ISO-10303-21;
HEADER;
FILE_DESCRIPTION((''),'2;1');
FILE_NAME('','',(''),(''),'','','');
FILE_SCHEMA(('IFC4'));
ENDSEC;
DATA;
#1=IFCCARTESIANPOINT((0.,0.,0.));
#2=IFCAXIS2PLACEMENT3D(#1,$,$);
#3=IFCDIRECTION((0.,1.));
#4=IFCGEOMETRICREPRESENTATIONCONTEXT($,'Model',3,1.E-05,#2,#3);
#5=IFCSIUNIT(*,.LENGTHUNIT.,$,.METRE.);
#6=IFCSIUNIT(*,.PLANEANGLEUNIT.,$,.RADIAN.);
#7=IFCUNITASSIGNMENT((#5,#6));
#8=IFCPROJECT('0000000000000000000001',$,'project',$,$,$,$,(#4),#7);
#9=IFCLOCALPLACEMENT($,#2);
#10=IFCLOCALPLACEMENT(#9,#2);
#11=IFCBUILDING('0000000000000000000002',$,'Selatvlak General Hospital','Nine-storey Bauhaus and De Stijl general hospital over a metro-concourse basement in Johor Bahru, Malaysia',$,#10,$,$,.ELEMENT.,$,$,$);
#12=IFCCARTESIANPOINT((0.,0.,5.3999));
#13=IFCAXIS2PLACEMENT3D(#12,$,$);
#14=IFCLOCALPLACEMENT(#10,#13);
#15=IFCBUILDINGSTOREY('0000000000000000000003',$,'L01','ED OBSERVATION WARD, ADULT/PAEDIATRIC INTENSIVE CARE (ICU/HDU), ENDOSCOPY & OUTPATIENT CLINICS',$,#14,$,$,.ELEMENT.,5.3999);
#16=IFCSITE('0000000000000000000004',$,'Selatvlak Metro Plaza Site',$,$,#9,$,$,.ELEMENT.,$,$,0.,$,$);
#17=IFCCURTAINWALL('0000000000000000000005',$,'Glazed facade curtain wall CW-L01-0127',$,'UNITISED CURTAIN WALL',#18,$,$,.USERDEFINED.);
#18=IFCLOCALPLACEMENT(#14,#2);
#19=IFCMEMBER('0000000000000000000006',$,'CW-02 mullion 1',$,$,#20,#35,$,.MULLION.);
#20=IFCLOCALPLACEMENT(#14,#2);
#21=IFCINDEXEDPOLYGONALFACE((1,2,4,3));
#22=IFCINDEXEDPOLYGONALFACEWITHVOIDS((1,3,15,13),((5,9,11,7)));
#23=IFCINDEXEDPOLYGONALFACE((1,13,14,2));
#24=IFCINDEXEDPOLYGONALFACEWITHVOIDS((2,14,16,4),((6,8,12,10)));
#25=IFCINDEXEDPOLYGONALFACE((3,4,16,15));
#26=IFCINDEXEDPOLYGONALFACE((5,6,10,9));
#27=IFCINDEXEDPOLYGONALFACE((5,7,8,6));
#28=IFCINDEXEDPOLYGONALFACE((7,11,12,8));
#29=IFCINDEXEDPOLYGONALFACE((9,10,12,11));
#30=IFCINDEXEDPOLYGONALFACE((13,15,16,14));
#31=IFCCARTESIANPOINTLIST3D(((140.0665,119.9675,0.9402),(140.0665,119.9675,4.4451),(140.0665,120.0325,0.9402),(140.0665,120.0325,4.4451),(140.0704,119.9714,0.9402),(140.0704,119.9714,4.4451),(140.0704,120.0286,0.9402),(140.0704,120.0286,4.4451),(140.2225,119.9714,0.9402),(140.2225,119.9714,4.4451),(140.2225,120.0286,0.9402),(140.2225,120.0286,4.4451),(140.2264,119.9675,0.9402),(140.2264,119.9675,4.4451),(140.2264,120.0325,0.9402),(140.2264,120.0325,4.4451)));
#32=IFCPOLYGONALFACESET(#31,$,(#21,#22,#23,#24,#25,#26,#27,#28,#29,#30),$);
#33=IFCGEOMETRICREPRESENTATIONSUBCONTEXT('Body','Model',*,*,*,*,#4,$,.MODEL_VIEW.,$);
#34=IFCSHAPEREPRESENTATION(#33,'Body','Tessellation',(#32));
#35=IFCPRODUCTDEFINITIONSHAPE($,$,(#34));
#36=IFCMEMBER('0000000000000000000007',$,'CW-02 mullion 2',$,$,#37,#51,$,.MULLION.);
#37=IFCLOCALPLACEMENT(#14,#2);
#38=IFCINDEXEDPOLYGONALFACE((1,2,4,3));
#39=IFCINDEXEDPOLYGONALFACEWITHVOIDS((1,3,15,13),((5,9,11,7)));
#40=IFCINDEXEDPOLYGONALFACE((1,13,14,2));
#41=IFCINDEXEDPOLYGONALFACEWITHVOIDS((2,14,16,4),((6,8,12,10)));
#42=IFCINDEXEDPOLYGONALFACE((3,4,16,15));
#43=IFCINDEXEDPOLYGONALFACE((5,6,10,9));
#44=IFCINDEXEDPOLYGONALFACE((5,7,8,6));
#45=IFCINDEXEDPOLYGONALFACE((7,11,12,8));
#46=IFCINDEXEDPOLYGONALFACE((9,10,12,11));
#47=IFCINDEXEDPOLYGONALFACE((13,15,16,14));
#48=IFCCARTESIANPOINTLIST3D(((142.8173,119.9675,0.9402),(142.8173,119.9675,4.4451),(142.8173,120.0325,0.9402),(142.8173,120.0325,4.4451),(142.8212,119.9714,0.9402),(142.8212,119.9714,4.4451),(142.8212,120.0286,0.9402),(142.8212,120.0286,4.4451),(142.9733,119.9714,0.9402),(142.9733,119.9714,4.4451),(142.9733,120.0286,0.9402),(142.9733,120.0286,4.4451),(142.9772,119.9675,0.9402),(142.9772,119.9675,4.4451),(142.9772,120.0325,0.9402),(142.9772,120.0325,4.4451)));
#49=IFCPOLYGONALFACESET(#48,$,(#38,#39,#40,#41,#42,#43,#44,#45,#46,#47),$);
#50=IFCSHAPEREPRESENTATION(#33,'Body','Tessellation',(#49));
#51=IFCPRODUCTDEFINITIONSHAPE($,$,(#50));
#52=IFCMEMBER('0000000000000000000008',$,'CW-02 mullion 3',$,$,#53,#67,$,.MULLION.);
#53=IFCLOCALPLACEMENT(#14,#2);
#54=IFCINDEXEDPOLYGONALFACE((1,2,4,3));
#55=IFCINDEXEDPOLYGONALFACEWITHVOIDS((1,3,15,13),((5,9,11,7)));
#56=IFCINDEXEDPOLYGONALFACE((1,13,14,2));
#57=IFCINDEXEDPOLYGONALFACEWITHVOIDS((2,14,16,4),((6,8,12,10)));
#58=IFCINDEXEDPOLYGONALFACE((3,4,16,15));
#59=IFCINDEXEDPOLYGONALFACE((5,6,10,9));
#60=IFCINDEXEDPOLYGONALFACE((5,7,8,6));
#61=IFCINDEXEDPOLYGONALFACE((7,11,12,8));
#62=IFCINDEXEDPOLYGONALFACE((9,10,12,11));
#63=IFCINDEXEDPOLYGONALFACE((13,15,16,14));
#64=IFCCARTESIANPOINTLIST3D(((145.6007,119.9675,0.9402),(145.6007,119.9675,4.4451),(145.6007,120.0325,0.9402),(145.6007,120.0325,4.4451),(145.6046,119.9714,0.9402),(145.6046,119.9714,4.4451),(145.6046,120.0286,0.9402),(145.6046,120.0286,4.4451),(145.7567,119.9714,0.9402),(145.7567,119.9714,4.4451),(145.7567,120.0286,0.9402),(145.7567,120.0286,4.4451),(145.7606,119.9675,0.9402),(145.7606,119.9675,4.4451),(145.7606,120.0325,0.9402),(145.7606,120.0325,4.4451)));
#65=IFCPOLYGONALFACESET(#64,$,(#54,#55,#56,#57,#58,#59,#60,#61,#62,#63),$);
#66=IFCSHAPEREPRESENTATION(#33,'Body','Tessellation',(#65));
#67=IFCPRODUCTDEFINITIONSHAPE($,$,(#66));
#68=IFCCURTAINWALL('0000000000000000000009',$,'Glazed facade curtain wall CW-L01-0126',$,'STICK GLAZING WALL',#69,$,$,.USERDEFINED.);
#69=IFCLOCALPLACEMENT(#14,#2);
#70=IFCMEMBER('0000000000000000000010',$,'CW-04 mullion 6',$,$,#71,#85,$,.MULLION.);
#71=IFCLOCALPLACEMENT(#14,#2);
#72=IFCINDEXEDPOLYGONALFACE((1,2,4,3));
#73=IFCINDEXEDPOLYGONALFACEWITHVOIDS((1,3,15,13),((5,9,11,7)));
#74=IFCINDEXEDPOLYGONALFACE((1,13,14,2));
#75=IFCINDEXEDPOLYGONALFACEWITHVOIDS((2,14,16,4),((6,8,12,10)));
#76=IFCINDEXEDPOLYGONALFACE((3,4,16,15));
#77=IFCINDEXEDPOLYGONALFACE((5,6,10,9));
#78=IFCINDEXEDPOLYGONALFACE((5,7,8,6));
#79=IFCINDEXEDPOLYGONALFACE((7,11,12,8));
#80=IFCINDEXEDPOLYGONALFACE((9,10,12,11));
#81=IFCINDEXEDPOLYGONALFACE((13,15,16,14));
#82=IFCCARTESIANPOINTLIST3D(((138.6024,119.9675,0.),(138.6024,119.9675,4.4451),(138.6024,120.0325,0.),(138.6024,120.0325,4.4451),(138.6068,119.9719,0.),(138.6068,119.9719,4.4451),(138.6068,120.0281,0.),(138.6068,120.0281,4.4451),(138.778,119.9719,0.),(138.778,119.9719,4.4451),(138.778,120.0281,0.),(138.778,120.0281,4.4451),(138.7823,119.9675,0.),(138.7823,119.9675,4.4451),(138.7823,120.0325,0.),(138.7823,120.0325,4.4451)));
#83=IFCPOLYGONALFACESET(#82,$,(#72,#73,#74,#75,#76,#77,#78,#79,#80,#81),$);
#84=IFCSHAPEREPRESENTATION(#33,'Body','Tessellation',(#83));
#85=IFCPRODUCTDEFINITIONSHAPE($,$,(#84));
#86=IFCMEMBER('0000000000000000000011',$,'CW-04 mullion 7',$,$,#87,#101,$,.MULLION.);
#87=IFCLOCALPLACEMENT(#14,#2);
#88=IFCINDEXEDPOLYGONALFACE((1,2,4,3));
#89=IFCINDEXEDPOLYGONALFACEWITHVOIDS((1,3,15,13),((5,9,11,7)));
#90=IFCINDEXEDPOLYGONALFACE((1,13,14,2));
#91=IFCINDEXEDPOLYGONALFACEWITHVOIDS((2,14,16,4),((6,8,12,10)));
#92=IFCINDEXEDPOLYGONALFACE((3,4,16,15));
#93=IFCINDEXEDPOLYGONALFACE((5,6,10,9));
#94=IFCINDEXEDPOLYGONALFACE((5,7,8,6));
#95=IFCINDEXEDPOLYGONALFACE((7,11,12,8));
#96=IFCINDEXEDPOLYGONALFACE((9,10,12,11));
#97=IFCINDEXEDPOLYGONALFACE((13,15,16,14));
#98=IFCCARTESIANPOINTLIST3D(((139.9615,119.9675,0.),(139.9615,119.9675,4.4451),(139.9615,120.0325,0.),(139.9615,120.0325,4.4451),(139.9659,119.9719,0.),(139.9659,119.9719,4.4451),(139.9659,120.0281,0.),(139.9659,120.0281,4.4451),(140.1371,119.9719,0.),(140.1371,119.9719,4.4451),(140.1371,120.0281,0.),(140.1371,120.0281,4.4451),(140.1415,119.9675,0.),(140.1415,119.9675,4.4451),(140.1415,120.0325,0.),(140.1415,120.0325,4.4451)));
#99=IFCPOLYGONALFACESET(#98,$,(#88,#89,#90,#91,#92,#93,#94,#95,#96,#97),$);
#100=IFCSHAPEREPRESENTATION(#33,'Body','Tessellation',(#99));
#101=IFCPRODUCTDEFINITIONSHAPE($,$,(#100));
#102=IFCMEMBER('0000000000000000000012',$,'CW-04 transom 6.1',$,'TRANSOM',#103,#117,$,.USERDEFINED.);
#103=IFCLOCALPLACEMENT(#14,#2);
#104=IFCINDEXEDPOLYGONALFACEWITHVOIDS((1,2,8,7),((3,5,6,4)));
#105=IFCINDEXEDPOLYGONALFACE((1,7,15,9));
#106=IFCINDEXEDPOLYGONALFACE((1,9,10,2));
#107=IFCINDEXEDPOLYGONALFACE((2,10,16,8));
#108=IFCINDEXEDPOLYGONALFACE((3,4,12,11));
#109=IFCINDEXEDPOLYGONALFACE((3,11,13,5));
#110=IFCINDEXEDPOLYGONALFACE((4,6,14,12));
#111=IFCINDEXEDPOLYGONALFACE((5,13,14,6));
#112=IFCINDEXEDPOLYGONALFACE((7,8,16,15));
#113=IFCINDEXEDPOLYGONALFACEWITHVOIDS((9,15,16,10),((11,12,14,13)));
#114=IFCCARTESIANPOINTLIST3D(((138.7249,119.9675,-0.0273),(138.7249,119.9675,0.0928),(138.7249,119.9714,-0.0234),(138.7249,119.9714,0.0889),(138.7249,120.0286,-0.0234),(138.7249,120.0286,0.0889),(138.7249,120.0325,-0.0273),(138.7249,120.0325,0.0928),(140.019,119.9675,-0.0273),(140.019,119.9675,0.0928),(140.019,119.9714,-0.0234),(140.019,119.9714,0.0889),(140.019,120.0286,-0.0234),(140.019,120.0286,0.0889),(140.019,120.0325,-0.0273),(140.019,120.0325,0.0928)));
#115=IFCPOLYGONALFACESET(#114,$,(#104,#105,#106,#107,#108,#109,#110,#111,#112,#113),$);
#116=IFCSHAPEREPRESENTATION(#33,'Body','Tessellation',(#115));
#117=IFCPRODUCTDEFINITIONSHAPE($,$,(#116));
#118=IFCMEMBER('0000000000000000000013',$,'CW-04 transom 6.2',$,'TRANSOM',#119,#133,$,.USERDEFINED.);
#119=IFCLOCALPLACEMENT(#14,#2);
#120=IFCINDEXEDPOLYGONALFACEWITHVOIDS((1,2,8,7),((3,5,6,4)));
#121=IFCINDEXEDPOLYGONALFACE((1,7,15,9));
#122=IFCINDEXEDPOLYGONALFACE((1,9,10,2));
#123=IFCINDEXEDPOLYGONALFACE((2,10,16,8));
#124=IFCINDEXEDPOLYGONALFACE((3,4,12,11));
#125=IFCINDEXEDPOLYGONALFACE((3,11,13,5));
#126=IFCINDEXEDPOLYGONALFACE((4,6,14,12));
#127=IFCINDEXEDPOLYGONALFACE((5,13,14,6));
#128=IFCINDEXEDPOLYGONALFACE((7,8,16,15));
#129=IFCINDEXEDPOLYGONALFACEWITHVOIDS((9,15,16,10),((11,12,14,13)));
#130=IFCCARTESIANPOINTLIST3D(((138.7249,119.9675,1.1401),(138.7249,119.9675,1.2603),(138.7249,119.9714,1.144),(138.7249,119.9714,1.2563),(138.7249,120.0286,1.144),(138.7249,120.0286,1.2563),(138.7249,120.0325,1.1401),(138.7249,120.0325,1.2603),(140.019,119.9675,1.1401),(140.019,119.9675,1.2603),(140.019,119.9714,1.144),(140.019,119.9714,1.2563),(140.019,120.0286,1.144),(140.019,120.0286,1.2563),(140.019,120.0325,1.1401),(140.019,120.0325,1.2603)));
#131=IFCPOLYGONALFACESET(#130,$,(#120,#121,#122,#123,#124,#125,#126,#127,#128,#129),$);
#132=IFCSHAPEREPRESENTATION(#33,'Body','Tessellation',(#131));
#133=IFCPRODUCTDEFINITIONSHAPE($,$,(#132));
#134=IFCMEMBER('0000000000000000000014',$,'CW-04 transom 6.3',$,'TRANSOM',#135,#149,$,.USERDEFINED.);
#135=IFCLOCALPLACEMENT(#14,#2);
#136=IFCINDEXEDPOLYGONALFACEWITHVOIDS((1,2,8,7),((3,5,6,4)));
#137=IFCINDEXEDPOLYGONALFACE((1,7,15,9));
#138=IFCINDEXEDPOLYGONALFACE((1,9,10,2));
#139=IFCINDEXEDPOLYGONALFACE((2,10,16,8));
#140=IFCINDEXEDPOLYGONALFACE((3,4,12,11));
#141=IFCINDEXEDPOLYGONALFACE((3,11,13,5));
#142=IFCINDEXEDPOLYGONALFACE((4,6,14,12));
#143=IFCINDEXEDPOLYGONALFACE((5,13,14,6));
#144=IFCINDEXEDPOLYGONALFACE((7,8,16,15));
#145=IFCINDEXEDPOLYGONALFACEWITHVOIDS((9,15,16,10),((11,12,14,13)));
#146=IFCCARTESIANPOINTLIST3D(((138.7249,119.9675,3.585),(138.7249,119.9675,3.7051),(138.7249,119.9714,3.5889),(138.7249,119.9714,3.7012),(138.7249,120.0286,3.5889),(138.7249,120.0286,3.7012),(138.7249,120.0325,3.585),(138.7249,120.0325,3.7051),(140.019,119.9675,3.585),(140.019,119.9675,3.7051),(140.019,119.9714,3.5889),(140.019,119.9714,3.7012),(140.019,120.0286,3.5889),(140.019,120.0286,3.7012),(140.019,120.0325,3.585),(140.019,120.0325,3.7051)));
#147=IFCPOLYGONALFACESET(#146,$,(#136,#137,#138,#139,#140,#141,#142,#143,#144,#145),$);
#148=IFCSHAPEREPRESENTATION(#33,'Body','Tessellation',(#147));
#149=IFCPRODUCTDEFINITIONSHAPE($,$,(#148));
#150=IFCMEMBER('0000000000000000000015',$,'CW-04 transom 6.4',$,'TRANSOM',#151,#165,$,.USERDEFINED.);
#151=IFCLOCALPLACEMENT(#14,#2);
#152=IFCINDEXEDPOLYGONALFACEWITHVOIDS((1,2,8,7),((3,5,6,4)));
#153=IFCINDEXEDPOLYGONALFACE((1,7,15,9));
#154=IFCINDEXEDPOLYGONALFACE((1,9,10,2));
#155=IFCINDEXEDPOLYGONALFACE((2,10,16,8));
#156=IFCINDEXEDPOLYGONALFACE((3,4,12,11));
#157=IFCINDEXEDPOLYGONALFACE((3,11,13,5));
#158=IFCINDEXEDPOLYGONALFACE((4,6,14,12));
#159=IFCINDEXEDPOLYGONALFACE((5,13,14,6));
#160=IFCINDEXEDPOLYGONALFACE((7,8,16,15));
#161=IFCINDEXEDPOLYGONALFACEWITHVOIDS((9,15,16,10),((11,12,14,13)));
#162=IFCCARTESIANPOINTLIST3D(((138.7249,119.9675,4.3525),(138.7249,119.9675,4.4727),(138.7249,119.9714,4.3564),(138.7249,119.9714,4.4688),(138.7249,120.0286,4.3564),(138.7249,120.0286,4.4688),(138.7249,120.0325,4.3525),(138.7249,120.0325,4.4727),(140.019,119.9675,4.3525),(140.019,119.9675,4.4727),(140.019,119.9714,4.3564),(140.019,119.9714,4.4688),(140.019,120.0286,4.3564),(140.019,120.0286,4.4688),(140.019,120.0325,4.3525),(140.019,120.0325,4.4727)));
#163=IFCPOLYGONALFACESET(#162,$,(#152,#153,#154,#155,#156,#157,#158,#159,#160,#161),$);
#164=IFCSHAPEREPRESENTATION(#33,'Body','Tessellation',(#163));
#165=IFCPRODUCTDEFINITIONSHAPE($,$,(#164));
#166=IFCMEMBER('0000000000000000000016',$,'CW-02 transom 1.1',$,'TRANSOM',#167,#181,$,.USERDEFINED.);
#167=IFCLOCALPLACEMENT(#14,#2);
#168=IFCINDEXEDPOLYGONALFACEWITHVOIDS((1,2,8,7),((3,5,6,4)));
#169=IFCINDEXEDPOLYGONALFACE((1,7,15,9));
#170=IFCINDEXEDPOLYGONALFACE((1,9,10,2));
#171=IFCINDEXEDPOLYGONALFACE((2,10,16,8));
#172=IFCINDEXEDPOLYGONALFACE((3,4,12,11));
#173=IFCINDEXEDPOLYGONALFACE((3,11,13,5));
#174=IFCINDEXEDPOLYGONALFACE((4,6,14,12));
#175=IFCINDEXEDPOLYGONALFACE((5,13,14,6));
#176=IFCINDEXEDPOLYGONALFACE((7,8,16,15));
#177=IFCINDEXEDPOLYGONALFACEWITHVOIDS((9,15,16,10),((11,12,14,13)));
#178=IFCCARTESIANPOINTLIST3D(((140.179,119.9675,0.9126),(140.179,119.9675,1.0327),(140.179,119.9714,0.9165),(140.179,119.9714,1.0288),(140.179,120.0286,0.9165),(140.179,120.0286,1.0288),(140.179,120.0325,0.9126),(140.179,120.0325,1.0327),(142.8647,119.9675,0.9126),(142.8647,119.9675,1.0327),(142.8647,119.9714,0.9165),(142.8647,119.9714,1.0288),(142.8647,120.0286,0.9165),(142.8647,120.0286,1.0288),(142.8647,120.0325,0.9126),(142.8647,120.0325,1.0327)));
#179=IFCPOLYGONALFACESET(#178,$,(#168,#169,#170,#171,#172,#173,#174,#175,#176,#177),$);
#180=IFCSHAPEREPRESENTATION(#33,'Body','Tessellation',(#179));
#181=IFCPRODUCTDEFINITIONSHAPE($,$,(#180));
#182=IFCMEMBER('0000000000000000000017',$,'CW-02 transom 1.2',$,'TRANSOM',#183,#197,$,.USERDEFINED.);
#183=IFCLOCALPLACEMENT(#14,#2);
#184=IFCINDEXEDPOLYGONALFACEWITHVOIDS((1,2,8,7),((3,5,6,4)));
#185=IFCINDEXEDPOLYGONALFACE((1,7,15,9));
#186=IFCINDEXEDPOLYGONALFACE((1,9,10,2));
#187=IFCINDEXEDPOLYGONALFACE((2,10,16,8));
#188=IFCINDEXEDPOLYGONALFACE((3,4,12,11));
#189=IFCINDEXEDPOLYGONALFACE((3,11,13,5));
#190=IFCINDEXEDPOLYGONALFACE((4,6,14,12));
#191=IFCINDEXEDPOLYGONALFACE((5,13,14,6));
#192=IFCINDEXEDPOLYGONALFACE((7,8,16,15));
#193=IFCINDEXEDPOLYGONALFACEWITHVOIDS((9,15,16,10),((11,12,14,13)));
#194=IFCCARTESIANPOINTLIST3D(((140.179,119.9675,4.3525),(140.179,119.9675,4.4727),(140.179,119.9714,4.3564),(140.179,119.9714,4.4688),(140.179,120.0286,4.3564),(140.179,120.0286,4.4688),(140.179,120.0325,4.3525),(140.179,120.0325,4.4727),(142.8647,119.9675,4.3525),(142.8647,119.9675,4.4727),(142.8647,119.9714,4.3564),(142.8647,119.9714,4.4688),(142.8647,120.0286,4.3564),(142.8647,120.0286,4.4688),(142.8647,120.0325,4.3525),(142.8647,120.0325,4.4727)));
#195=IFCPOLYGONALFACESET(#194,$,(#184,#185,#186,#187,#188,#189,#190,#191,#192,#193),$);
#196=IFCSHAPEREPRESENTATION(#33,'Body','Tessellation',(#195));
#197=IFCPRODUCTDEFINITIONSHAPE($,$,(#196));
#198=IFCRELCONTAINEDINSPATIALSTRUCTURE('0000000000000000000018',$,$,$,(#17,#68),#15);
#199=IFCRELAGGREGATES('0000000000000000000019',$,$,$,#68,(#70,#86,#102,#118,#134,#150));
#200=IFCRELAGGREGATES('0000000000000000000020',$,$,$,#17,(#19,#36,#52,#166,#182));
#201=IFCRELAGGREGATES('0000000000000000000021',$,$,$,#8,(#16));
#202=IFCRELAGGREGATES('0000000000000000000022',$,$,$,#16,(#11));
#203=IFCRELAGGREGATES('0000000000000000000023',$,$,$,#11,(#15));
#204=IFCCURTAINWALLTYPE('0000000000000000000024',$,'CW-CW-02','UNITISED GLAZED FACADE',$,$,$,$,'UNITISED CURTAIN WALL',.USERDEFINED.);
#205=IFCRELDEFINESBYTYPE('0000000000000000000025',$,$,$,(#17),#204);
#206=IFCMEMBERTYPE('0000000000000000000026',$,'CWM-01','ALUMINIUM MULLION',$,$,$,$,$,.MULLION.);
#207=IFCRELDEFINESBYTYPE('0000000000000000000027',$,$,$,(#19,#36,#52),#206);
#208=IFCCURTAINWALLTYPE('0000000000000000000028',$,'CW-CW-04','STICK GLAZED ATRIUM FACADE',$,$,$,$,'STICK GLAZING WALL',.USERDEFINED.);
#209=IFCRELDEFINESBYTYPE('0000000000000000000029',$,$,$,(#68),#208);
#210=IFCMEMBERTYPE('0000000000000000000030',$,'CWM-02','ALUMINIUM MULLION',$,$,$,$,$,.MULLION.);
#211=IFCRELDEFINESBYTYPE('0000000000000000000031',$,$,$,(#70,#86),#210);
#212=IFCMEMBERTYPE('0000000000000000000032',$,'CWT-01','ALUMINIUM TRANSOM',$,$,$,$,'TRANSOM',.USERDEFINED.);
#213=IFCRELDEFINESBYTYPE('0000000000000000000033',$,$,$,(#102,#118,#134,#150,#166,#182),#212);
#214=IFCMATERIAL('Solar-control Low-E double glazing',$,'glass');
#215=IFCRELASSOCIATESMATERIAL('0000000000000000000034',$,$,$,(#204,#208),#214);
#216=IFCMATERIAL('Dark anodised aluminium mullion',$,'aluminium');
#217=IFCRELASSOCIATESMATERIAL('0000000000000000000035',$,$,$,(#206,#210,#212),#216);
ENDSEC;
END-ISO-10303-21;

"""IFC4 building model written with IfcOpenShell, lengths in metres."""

from ifc_helpers import new_model, si_unit, direction, frame, origin, origin_2d, place, context, subcontext, project, spatial, hollow_rectangle, extrude, material, material_profile, profile_set, type_object, element, aggregate, save


model = new_model("IFC4")

# Units and contexts
model_context = context("Model", 3, precision=1e-05, world=origin(), true_north=direction((0.0, 1.0)))
body_context = subcontext(model_context, "Body", "Model", "MODEL_VIEW")
ifc_project = project(units=[si_unit("LENGTHUNIT", "METRE"), si_unit("PLANEANGLEUNIT", "RADIAN")], contexts=[model_context])

# Site, building, storey
site_placement = place(None, origin())
site = spatial("IfcSite", under=ifc_project, at=site_placement, Name="Selatvlak Metro Plaza Site", CompositionType="ELEMENT", RefElevation=0.0)
building_placement = place(site_placement, origin())
building = spatial("IfcBuilding", under=site, at=building_placement, Name="Selatvlak General Hospital", Description="Nine-storey Bauhaus and De Stijl general hospital over a metro-concourse basement in Johor Bahru, Malaysia", CompositionType="ELEMENT")
storey_placement = place(building_placement, frame((0.0, 0.0, 5.3999)))
storey = spatial("IfcBuildingStorey", under=building, at=storey_placement, Name="L01", Description="ED OBSERVATION WARD, ADULT/PAEDIATRIC INTENSIVE CARE (ICU/HDU), ENDOSCOPY & OUTPATIENT CLINICS", CompositionType="ELEMENT", Elevation=5.3999)

# Curtain walls, members
ifc_material_1 = material(Name="Solar-control Low-E double glazing", Category="glass")
curtain_wall_type_1 = type_object("IfcCurtainWallType", Name="CW-CW-02", Description="UNITISED GLAZED FACADE", ElementType="UNITISED CURTAIN WALL", PredefinedType="USERDEFINED", material=ifc_material_1)
curtain_wall_1_placement = place(storey_placement, origin())
curtain_wall_1 = element("IfcCurtainWall", 1, at=curtain_wall_1_placement, inside=storey, type_object=curtain_wall_type_1, Name="Glazed facade curtain wall CW-L01-0127", ObjectType="UNITISED CURTAIN WALL", PredefinedType="USERDEFINED")
ifc_material_2 = material(Name="Dark anodised aluminium mullion", Category="aluminium")
ifc_material_profile_1 = material_profile(ifc_material_2, hollow_rectangle(XDim=0.0649, YDim=0.1599, WallThickness=0.0039, at=origin_2d()), Name="AL-MUL 65x160x4")
ifc_profile_set_1 = profile_set([ifc_material_profile_1], Name="Dark anodised aluminium mullion")
member_type_1 = type_object("IfcMemberType", Name="CWM-01", Description="ALUMINIUM MULLION", PredefinedType="MULLION", material=ifc_profile_set_1)
member_1_placement = place(storey_placement, frame((140.1465, 120.0, 0.9402), z_axis=(0.0, 0.0, 1.0), x_axis=(0.0, 1.0, 0.0)))
member_1 = element("IfcMember", 2, at=member_1_placement, type_object=member_type_1, Name="CW-02 mullion 1", PredefinedType="MULLION", context=body_context, shape_type="SweptSolid", body=[
    extrude(hollow_rectangle(XDim=0.0649, YDim=0.1599, WallThickness=0.0039, at=origin_2d()), origin(), (0.0, 0.0, 1.0), 3.5049),
])
member_2_placement = place(storey_placement, frame((142.8972, 120.0, 0.9402), z_axis=(0.0, 0.0, 1.0), x_axis=(0.0, 1.0, 0.0)))
member_2 = element("IfcMember", 3, at=member_2_placement, type_object=member_type_1, Name="CW-02 mullion 2", PredefinedType="MULLION", context=body_context, shape_type="SweptSolid", body=[
    extrude(hollow_rectangle(XDim=0.0649, YDim=0.1599, WallThickness=0.0039, at=origin_2d()), origin(), (0.0, 0.0, 1.0), 3.5049),
])
member_3_placement = place(storey_placement, frame((145.6807, 120.0, 0.9402), z_axis=(0.0, 0.0, 1.0), x_axis=(0.0, 1.0, 0.0)))
member_3 = element("IfcMember", 4, at=member_3_placement, type_object=member_type_1, Name="CW-02 mullion 3", PredefinedType="MULLION", context=body_context, shape_type="SweptSolid", body=[
    extrude(hollow_rectangle(XDim=0.0649, YDim=0.1599, WallThickness=0.0039, at=origin_2d()), origin(), (0.0, 0.0, 1.0), 3.5049),
])
curtain_wall_type_2 = type_object("IfcCurtainWallType", Name="CW-CW-04", Description="STICK GLAZED ATRIUM FACADE", ElementType="STICK GLAZING WALL", PredefinedType="USERDEFINED", material=ifc_material_1)
curtain_wall_2_placement = place(storey_placement, origin())
curtain_wall_2 = element("IfcCurtainWall", 5, at=curtain_wall_2_placement, inside=storey, type_object=curtain_wall_type_2, Name="Glazed facade curtain wall CW-L01-0126", ObjectType="STICK GLAZING WALL", PredefinedType="USERDEFINED")
ifc_material_profile_2 = material_profile(ifc_material_2, hollow_rectangle(XDim=0.0649, YDim=0.1799, WallThickness=0.0044, at=origin_2d()), Name="AL-MUL 65x180x4.5")
ifc_profile_set_2 = profile_set([ifc_material_profile_2], Name="Dark anodised aluminium mullion")
member_type_2 = type_object("IfcMemberType", Name="CWM-02", Description="ALUMINIUM MULLION", PredefinedType="MULLION", material=ifc_profile_set_2)
member_4_placement = place(storey_placement, frame((138.6924, 120.0, 0.0), z_axis=(0.0, 0.0, 1.0), x_axis=(0.0, 1.0, 0.0)))
member_4 = element("IfcMember", 6, at=member_4_placement, type_object=member_type_2, Name="CW-04 mullion 6", PredefinedType="MULLION", context=body_context, shape_type="SweptSolid", body=[
    extrude(hollow_rectangle(XDim=0.0649, YDim=0.1799, WallThickness=0.0044, at=origin_2d()), origin(), (0.0, 0.0, 1.0), 4.4451),
])
member_5_placement = place(storey_placement, frame((140.0515, 120.0, 0.0), z_axis=(0.0, 0.0, 1.0), x_axis=(0.0, 1.0, 0.0)))
member_5 = element("IfcMember", 7, at=member_5_placement, type_object=member_type_2, Name="CW-04 mullion 7", PredefinedType="MULLION", context=body_context, shape_type="SweptSolid", body=[
    extrude(hollow_rectangle(XDim=0.0649, YDim=0.1799, WallThickness=0.0044, at=origin_2d()), origin(), (0.0, 0.0, 1.0), 4.4451),
])
ifc_material_profile_3 = material_profile(ifc_material_2, hollow_rectangle(XDim=0.0649, YDim=0.1201, WallThickness=0.0039, at=origin_2d()), Name="AL-TRN 65x120x4")
ifc_profile_set_3 = profile_set([ifc_material_profile_3], Name="Dark anodised aluminium mullion")
member_type_3 = type_object("IfcMemberType", Name="CWT-01", Description="ALUMINIUM TRANSOM", ElementType="TRANSOM", PredefinedType="USERDEFINED", material=ifc_profile_set_3)
member_6_placement = place(storey_placement, frame((138.7249, 120.0, 0.0327), z_axis=(1.0, 0.0, 0.0), x_axis=(0.0, 1.0, 0.0)))
member_6 = element("IfcMember", 8, at=member_6_placement, type_object=member_type_3, Name="CW-04 transom 6.1", ObjectType="TRANSOM", PredefinedType="USERDEFINED", context=body_context, shape_type="SweptSolid", body=[
    extrude(hollow_rectangle(XDim=0.0649, YDim=0.1201, WallThickness=0.0039, at=origin_2d()), origin(), (0.0, 0.0, 1.0), 1.2942),
])
member_7_placement = place(storey_placement, frame((138.7249, 120.0, 1.2002), z_axis=(1.0, 0.0, 0.0), x_axis=(0.0, 1.0, 0.0)))
member_7 = element("IfcMember", 9, at=member_7_placement, type_object=member_type_3, Name="CW-04 transom 6.2", ObjectType="TRANSOM", PredefinedType="USERDEFINED", context=body_context, shape_type="SweptSolid", body=[
    extrude(hollow_rectangle(XDim=0.0649, YDim=0.1201, WallThickness=0.0039, at=origin_2d()), origin(), (0.0, 0.0, 1.0), 1.2942),
])
member_8_placement = place(storey_placement, frame((138.7249, 120.0, 3.645), z_axis=(1.0, 0.0, 0.0), x_axis=(0.0, 1.0, 0.0)))
member_8 = element("IfcMember", 10, at=member_8_placement, type_object=member_type_3, Name="CW-04 transom 6.3", ObjectType="TRANSOM", PredefinedType="USERDEFINED", context=body_context, shape_type="SweptSolid", body=[
    extrude(hollow_rectangle(XDim=0.0649, YDim=0.1201, WallThickness=0.0039, at=origin_2d()), origin(), (0.0, 0.0, 1.0), 1.2942),
])
member_9_placement = place(storey_placement, frame((138.7249, 120.0, 4.4126), z_axis=(1.0, 0.0, 0.0), x_axis=(0.0, 1.0, 0.0)))
member_9 = element("IfcMember", 11, at=member_9_placement, type_object=member_type_3, Name="CW-04 transom 6.4", ObjectType="TRANSOM", PredefinedType="USERDEFINED", context=body_context, shape_type="SweptSolid", body=[
    extrude(hollow_rectangle(XDim=0.0649, YDim=0.1201, WallThickness=0.0039, at=origin_2d()), origin(), (0.0, 0.0, 1.0), 1.2942),
])

# Members
member_10_placement = place(storey_placement, frame((140.179, 120.0, 0.9727), z_axis=(1.0, 0.0, 0.0), x_axis=(0.0, 1.0, 0.0)))
member_10 = element("IfcMember", 12, at=member_10_placement, type_object=member_type_3, Name="CW-02 transom 1.1", ObjectType="TRANSOM", PredefinedType="USERDEFINED", context=body_context, shape_type="SweptSolid", body=[
    extrude(hollow_rectangle(XDim=0.0649, YDim=0.1201, WallThickness=0.0039, at=origin_2d()), origin(), (0.0, 0.0, 1.0), 2.6858),
])
member_11_placement = place(storey_placement, frame((140.179, 120.0, 4.4126), z_axis=(1.0, 0.0, 0.0), x_axis=(0.0, 1.0, 0.0)))
member_11 = element("IfcMember", 13, at=member_11_placement, type_object=member_type_3, Name="CW-02 transom 1.2", ObjectType="TRANSOM", PredefinedType="USERDEFINED", context=body_context, shape_type="SweptSolid", body=[
    extrude(hollow_rectangle(XDim=0.0649, YDim=0.1201, WallThickness=0.0039, at=origin_2d()), origin(), (0.0, 0.0, 1.0), 2.6858),
])

aggregate(curtain_wall_2, [member_4, member_5, member_6, member_7, member_8, member_9])
aggregate(curtain_wall_1, [member_1, member_2, member_3, member_10, member_11])

save(model, "model.ifc")
